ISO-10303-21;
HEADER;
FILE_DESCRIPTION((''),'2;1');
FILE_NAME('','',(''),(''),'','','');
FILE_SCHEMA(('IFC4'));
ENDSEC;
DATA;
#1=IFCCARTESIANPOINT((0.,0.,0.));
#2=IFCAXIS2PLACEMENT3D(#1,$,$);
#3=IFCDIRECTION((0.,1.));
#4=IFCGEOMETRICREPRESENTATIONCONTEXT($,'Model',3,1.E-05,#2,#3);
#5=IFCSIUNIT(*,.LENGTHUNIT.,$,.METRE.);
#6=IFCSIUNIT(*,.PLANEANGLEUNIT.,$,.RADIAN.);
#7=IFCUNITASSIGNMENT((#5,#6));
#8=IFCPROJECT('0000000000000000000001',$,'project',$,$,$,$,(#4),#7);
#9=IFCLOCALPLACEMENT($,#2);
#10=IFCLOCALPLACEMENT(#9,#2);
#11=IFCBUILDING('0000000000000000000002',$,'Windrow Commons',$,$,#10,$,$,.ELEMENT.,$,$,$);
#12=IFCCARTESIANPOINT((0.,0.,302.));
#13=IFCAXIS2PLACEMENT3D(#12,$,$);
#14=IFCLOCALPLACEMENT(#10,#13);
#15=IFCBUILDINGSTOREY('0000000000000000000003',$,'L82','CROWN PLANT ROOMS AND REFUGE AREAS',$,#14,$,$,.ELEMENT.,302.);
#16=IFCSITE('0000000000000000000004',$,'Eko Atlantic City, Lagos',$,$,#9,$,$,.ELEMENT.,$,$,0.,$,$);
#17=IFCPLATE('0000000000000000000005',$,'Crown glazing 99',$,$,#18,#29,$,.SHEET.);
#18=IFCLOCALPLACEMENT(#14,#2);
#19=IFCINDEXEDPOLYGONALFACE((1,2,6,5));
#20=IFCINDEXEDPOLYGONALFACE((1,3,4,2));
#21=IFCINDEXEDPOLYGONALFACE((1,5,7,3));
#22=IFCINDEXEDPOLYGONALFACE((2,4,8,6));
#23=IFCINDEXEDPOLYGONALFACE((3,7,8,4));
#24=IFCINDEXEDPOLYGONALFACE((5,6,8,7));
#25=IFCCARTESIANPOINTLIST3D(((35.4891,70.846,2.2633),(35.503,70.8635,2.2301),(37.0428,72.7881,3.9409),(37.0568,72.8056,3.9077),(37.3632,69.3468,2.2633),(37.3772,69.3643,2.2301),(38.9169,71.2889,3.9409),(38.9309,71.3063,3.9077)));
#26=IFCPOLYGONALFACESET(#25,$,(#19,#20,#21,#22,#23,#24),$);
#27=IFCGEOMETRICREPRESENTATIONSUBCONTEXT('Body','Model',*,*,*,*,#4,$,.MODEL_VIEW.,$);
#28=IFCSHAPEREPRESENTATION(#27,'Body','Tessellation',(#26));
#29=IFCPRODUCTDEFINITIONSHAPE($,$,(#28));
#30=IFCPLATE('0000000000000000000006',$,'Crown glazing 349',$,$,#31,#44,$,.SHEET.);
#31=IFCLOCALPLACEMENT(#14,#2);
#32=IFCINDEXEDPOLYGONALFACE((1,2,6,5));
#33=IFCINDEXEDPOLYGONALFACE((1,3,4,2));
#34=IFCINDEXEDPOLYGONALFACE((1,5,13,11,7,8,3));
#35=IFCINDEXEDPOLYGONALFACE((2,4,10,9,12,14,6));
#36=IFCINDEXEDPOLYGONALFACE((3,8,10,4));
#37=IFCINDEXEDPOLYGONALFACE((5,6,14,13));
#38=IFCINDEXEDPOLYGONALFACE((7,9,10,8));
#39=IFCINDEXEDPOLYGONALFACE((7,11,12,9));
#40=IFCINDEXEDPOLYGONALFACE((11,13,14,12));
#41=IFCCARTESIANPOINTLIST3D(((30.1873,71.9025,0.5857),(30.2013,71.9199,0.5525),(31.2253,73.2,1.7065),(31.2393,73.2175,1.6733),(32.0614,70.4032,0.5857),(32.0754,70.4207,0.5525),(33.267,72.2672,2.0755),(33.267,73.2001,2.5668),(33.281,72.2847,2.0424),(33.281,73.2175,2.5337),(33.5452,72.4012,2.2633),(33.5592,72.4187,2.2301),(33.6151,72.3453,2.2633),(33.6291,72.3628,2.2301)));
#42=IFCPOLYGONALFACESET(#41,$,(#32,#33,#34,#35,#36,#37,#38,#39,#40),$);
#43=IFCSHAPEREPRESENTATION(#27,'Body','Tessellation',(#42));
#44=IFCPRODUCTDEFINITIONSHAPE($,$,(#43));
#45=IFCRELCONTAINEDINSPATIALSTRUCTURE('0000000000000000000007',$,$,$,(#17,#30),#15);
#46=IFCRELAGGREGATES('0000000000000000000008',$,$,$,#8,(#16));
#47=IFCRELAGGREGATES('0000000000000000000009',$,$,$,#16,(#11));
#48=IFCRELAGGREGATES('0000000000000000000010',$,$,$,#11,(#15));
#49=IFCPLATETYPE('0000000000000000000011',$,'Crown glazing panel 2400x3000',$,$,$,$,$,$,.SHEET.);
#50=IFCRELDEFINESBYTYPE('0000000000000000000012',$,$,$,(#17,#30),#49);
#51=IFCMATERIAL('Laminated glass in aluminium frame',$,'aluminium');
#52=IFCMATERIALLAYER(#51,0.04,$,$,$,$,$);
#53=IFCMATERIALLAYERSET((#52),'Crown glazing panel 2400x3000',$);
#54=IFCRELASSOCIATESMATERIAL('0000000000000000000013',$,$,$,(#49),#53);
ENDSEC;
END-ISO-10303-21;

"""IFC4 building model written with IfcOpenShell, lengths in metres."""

from ifc_helpers import new_model, si_unit, direction, frame, origin, place, context, subcontext, project, spatial, polyline, outline, extrude, material, layer, layer_set, type_object, element, save


model = new_model("IFC4")

# Units and contexts
model_context = context("Model", 3, precision=1e-05, world=origin(), true_north=direction((0.0, 1.0)))
body_context = subcontext(model_context, "Body", "Model", "MODEL_VIEW")
ifc_project = project(units=[si_unit("LENGTHUNIT", "METRE"), si_unit("PLANEANGLEUNIT", "RADIAN")], contexts=[model_context])

# Site, building, storey
site_placement = place(None, origin())
site = spatial("IfcSite", under=ifc_project, at=site_placement, Name="Eko Atlantic City, Lagos", CompositionType="ELEMENT", RefElevation=0.0)
building_placement = place(site_placement, origin())
building = spatial("IfcBuilding", under=site, at=building_placement, Name="Windrow Commons", CompositionType="ELEMENT")
storey_placement = place(building_placement, frame((0.0, 0.0, 302.0)))
storey = spatial("IfcBuildingStorey", under=building, at=storey_placement, Name="L82", Description="CROWN PLANT ROOMS AND REFUGE AREAS", CompositionType="ELEMENT", Elevation=302.0)

# Plates
ifc_material = material(Name="Laminated glass in aluminium frame", Category="aluminium")
ifc_layer = layer(ifc_material, 0.04)
ifc_layer_set = layer_set([ifc_layer], Name="Crown glazing panel 2400x3000")
plate_type = type_object("IfcPlateType", Name="Crown glazing panel 2400x3000", PredefinedType="SHEET", material=ifc_layer_set)
plate_1_placement = place(storey_placement, frame((37.3632, 69.3468, 2.2633), z_axis=(-0.349317, -0.436669, 0.829034), x_axis=(-0.780885, 0.624675, 0.0)))
element("IfcPlate", 1, at=plate_1_placement, inside=storey, type_object=plate_type, Name="Crown glazing 99", PredefinedType="SHEET", context=body_context, shape_type="SweptSolid", body=[
    extrude(outline(polyline([(0.0, 0.0), (2.4, 0.0), (2.3999, -3.0), (-0.0001, -3.0), (0.0, 0.0)])), origin(), (0.0, 0.0, -1.0), 0.04),
])
plate_2_placement = place(storey_placement, frame((32.0614, 70.4032, 0.5857), z_axis=(-0.34933, -0.436661, 0.829033), x_axis=(-0.780866, 0.624699, 0.000003)))
element("IfcPlate", 2, at=plate_2_placement, inside=storey, type_object=plate_type, Name="Crown glazing 349", PredefinedType="SHEET", context=body_context, shape_type="SweptSolid", body=[
    extrude(outline(polyline([(0.0, 0.0), (2.4, 0.0), (2.4, -2.0043), (0.8058, -3.5428), (0.223, -2.6642), (0.0895, -3.0), (0.0, -3.0), (0.0, 0.0)])), origin(), (0.0, 0.0, -1.0), 0.04),
])

save(model, "model.ifc")
